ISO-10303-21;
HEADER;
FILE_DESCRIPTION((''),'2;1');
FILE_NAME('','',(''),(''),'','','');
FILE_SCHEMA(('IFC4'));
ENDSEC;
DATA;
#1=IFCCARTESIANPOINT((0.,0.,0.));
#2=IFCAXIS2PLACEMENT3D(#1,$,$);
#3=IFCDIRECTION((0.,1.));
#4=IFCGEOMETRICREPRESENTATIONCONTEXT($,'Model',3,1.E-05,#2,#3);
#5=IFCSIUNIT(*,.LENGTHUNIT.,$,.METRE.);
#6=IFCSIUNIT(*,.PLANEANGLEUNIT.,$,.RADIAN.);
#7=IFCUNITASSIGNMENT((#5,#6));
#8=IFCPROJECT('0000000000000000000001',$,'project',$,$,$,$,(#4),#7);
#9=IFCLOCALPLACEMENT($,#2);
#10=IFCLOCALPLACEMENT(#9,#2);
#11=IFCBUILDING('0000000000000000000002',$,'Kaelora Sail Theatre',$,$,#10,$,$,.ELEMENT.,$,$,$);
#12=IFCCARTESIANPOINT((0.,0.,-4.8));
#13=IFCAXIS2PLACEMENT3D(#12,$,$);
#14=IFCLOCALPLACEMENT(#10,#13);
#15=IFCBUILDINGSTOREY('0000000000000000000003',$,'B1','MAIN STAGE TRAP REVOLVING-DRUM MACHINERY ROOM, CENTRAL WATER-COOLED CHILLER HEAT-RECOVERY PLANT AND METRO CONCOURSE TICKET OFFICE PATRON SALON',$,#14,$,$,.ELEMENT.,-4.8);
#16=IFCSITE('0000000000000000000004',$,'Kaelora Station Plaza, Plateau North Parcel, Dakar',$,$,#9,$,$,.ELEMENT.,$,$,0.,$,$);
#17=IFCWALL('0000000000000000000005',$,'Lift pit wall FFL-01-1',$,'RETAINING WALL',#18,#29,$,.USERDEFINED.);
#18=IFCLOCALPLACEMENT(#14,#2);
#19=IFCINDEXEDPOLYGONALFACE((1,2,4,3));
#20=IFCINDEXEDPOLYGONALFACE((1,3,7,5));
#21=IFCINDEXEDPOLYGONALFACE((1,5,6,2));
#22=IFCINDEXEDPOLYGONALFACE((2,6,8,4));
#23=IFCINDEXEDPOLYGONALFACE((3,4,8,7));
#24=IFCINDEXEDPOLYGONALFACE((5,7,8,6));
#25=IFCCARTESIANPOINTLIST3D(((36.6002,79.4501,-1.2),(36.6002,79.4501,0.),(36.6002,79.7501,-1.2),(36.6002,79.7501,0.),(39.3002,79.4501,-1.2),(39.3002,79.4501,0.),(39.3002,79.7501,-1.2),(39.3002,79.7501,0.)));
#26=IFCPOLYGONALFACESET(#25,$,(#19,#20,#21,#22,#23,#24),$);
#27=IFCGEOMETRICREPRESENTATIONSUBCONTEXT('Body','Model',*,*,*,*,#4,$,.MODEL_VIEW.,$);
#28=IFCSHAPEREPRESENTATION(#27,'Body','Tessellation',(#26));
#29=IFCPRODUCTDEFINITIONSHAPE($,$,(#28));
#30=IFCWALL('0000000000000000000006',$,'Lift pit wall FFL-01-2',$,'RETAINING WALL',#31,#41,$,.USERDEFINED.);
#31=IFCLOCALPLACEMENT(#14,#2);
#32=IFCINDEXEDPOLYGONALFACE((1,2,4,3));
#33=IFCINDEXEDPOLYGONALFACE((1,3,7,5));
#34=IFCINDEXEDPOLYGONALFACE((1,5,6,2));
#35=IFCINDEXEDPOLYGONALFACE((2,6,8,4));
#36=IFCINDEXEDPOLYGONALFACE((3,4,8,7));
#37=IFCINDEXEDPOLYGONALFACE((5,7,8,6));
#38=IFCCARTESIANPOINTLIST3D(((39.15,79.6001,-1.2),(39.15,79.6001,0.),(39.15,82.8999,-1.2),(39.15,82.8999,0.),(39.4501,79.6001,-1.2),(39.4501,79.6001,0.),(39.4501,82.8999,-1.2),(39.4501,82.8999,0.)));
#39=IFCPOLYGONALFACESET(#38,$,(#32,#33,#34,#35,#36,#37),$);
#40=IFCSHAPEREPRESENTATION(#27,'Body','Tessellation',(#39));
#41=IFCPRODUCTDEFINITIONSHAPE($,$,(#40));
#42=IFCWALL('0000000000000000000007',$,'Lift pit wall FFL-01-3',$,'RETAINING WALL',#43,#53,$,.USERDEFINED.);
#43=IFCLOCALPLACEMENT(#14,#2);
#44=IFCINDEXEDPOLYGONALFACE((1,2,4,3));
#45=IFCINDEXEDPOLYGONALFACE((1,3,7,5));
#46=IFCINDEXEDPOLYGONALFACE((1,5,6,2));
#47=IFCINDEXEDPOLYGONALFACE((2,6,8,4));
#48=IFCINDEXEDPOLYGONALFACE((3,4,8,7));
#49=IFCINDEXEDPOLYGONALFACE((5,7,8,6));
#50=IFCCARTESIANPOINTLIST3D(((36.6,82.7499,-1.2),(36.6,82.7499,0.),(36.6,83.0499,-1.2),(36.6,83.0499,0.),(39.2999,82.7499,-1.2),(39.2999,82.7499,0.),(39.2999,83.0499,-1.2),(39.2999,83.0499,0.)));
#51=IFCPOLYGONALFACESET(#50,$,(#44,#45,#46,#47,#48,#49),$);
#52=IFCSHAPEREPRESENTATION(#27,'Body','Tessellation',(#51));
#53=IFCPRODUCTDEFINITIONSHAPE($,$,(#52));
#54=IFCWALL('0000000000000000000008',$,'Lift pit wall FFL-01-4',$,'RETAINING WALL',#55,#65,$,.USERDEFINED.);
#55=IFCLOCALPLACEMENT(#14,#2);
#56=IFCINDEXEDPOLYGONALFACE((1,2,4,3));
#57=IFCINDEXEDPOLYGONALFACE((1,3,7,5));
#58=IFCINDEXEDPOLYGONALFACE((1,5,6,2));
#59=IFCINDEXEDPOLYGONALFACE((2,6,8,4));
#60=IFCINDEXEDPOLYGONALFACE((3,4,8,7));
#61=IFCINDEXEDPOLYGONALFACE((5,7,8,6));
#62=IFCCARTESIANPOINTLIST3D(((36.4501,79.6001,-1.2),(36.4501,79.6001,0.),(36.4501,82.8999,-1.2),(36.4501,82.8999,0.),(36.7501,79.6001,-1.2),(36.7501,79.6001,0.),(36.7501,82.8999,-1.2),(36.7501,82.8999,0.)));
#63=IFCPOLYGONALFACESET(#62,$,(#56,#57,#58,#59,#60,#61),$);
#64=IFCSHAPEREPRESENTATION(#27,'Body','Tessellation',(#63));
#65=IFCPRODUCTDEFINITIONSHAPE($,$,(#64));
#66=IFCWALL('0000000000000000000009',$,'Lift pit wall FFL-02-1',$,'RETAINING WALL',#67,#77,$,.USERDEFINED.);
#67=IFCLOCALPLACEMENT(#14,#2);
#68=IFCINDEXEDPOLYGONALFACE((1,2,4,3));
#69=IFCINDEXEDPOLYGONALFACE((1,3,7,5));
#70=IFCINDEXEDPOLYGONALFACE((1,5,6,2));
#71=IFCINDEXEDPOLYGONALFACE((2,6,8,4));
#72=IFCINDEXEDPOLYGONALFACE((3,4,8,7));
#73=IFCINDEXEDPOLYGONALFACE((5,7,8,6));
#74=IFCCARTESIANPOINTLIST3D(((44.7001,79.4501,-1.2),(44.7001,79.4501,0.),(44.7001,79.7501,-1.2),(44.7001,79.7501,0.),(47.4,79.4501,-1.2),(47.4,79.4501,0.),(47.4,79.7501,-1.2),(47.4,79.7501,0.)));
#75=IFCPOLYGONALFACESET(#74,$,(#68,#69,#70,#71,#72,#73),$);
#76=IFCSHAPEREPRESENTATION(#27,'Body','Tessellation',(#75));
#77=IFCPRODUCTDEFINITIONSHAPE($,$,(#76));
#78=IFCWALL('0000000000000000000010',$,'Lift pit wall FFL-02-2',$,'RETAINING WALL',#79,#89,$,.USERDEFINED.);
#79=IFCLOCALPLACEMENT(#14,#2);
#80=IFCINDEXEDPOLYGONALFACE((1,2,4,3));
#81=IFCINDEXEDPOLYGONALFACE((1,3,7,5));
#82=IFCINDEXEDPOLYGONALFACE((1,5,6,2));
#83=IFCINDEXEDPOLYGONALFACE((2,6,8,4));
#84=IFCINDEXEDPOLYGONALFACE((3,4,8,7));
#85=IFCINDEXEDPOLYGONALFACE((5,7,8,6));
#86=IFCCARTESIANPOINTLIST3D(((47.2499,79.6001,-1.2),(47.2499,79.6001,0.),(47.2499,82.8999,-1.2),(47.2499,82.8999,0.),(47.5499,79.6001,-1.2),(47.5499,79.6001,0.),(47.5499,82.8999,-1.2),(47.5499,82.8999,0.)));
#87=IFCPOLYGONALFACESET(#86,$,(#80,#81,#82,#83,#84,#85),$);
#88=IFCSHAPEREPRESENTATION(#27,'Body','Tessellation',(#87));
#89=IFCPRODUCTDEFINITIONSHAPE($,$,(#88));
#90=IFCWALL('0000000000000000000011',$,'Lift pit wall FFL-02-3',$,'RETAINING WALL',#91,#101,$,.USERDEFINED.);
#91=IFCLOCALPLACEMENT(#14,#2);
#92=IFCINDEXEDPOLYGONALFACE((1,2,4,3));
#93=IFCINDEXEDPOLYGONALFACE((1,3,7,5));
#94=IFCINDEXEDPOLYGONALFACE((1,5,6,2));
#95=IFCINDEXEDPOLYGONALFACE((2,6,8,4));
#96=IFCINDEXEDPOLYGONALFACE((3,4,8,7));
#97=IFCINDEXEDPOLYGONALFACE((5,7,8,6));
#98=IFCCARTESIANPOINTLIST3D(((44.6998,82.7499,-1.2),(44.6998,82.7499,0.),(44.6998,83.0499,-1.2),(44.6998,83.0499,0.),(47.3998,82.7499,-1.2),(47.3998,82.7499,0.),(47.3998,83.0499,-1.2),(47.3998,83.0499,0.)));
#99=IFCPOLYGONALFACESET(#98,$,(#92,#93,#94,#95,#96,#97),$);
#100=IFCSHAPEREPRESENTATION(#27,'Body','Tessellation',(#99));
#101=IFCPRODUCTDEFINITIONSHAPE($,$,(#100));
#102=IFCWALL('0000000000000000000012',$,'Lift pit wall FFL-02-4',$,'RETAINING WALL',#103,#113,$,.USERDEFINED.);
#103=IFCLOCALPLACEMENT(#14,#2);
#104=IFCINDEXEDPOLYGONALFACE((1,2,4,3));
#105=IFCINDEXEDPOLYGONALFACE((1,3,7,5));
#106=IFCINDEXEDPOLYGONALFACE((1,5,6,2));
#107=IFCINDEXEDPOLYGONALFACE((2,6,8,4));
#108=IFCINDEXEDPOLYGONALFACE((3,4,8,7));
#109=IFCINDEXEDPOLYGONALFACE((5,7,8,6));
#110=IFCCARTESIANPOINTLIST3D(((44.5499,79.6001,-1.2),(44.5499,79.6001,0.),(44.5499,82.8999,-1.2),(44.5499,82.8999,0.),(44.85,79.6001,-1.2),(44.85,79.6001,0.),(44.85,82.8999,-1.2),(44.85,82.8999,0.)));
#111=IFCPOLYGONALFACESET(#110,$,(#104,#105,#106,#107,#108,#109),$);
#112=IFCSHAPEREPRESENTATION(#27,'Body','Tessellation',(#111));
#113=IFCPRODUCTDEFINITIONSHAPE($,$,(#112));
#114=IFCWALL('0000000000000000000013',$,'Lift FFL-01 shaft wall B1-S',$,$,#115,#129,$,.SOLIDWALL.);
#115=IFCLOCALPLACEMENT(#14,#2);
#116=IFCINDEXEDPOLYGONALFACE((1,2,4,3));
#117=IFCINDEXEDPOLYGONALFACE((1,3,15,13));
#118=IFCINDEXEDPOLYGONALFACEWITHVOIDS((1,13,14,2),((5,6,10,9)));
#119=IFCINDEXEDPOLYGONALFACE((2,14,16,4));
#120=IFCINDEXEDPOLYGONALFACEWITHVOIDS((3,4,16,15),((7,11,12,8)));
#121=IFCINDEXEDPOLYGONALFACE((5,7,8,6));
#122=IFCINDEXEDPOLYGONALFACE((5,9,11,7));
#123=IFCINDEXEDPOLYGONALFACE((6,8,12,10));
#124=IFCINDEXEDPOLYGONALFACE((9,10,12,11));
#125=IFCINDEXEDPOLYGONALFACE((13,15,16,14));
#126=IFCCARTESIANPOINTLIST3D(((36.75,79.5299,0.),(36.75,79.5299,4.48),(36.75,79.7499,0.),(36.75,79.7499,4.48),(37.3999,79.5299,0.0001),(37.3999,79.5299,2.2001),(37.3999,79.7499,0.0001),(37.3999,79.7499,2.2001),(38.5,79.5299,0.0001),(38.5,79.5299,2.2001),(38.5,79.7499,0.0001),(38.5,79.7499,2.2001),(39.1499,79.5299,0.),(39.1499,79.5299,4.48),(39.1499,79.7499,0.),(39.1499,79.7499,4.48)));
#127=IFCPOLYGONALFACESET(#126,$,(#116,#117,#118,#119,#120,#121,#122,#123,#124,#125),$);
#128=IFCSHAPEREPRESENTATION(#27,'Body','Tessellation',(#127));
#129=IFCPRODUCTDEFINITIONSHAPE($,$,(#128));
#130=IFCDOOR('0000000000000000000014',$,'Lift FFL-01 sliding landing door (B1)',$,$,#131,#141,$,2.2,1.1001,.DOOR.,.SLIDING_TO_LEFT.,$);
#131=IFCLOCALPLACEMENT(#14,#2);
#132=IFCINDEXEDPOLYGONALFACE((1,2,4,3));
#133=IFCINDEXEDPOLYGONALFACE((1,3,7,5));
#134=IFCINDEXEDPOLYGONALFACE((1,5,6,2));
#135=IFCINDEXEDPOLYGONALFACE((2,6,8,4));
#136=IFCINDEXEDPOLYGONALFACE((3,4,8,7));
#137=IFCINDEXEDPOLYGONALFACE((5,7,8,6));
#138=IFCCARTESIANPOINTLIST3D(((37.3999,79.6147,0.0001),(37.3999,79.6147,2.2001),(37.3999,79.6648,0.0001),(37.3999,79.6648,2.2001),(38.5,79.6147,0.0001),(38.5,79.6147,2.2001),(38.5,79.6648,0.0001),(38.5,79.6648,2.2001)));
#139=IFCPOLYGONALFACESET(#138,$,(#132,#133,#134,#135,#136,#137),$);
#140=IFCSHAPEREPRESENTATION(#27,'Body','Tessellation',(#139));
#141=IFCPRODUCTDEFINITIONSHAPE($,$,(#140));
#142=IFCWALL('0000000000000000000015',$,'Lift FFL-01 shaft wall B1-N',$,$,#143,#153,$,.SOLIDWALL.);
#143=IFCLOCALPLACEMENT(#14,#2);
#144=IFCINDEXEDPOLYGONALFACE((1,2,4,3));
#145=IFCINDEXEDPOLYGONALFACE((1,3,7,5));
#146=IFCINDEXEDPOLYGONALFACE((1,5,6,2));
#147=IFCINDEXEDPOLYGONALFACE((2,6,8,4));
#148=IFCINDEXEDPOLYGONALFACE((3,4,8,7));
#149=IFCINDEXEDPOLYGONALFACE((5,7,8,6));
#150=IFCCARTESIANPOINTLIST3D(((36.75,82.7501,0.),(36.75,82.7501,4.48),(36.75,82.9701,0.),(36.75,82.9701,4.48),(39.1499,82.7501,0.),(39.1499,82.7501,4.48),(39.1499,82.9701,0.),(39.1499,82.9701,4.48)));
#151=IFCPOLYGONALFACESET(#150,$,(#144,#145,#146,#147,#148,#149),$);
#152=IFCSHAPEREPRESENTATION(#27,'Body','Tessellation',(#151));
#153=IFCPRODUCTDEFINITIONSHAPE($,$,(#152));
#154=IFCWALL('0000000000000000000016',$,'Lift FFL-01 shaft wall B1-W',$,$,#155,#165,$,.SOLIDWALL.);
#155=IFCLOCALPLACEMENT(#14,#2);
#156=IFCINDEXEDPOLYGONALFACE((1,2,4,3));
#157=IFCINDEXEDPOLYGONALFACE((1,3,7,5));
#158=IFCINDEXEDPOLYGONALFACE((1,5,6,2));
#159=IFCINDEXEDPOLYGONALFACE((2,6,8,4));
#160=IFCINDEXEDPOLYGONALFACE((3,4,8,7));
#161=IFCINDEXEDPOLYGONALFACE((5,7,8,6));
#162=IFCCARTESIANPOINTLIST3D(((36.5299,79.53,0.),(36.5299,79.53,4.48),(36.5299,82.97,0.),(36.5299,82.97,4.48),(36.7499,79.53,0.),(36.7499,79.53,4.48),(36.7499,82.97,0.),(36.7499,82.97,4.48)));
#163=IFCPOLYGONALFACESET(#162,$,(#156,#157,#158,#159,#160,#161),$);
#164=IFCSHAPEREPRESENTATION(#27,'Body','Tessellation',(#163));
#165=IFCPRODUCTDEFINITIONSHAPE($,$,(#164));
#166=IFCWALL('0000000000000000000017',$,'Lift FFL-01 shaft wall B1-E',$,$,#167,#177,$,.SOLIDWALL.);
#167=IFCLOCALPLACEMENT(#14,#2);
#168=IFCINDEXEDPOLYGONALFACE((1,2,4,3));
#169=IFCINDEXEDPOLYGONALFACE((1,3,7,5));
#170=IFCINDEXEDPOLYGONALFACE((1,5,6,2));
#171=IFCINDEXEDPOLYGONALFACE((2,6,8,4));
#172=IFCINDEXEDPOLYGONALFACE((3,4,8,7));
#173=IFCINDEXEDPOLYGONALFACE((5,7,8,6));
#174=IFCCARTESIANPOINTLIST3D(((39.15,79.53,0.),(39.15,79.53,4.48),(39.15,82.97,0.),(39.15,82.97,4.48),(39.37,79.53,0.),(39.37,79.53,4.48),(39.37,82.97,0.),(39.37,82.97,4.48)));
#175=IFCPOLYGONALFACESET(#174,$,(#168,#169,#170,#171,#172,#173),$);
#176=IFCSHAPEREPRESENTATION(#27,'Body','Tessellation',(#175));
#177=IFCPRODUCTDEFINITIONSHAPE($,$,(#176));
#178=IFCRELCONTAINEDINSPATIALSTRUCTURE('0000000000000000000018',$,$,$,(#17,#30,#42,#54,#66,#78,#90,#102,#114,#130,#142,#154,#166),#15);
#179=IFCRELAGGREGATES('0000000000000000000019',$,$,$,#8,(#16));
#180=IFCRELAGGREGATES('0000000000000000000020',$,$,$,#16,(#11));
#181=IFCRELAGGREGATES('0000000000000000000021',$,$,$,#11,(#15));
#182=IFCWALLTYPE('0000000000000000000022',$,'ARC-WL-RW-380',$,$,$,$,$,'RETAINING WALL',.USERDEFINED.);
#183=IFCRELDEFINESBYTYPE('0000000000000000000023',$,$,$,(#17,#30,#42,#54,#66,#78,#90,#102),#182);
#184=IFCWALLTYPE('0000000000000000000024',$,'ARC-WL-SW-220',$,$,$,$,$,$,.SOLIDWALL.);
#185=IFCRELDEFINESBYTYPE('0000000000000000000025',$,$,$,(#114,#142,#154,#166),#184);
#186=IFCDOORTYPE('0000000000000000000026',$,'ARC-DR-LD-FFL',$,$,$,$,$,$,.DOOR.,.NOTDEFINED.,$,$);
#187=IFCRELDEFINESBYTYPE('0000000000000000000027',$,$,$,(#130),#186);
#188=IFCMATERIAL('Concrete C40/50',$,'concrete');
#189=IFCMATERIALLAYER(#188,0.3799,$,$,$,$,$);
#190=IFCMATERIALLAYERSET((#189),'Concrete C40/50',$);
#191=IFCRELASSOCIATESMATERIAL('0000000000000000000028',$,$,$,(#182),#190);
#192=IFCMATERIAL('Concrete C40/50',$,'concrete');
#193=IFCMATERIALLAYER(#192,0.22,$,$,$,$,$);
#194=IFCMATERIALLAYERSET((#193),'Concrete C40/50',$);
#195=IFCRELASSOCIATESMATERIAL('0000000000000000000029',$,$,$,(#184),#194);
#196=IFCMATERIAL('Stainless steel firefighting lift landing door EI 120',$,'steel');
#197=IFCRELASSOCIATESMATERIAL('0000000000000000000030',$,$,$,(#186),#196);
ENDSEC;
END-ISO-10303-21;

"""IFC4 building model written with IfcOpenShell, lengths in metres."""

from ifc_helpers import new_model, si_unit, direction, frame, frame_2d, origin, place, context, subcontext, project, spatial, rectangle, extrude, material, layer, layer_set, type_object, element, fill, save


model = new_model("IFC4")

# Units and contexts
model_context = context("Model", 3, precision=1e-05, world=origin(), true_north=direction((0.0, 1.0)))
body_context = subcontext(model_context, "Body", "Model", "MODEL_VIEW")
ifc_project = project(units=[si_unit("LENGTHUNIT", "METRE"), si_unit("PLANEANGLEUNIT", "RADIAN")], contexts=[model_context])

# Site, building, storey
site_placement = place(None, origin())
site = spatial("IfcSite", under=ifc_project, at=site_placement, Name="Kaelora Station Plaza, Plateau North Parcel, Dakar", CompositionType="ELEMENT", RefElevation=0.0)
building_placement = place(site_placement, origin())
building = spatial("IfcBuilding", under=site, at=building_placement, Name="Kaelora Sail Theatre", CompositionType="ELEMENT")
storey_placement = place(building_placement, frame((0.0, 0.0, -4.8)))
storey = spatial("IfcBuildingStorey", under=building, at=storey_placement, Name="B1", Description="MAIN STAGE TRAP REVOLVING-DRUM MACHINERY ROOM, CENTRAL WATER-COOLED CHILLER HEAT-RECOVERY PLANT AND METRO CONCOURSE TICKET OFFICE PATRON SALON", CompositionType="ELEMENT", Elevation=-4.8)

# Walls
ifc_material_1 = material(Name="Concrete C40/50", Category="concrete")
ifc_layer_1 = layer(ifc_material_1, 0.3799)
ifc_layer_set_1 = layer_set([ifc_layer_1], Name="Concrete C40/50")
wall_type_1 = type_object("IfcWallType", Name="ARC-WL-RW-380", ElementType="RETAINING WALL", PredefinedType="USERDEFINED", material=ifc_layer_set_1)
wall_1_placement = place(storey_placement, frame((36.6001, 79.6001, -1.2), z_axis=(0.0, 0.0, 1.0), x_axis=(1.0, 0.0, 0.0)))
element("IfcWall", 1, at=wall_1_placement, inside=storey, type_object=wall_type_1, Name="Lift pit wall FFL-01-1", ObjectType="RETAINING WALL", PredefinedType="USERDEFINED", context=body_context, shape_type="SweptSolid", body=[
    extrude(rectangle(XDim=2.7, YDim=0.3, at=frame_2d((1.3501, 0.0))), origin(), (0.0, 0.0, 1.0), 1.2),
])
wall_2_placement = place(storey_placement, frame((39.3, 79.6001, -1.2), z_axis=(0.0, 0.0, 1.0), x_axis=(0.0, 1.0, 0.0)))
element("IfcWall", 2, at=wall_2_placement, inside=storey, type_object=wall_type_1, Name="Lift pit wall FFL-01-2", ObjectType="RETAINING WALL", PredefinedType="USERDEFINED", context=body_context, shape_type="SweptSolid", body=[
    extrude(rectangle(XDim=3.2998, YDim=0.3, at=frame_2d((1.6499, 0.0))), origin(), (0.0, 0.0, 1.0), 1.2),
])
wall_3_placement = place(storey_placement, frame((39.3, 82.8999, -1.2), z_axis=(0.0, 0.0, 1.0), x_axis=(-1.0, 0.0, 0.0)))
element("IfcWall", 3, at=wall_3_placement, inside=storey, type_object=wall_type_1, Name="Lift pit wall FFL-01-3", ObjectType="RETAINING WALL", PredefinedType="USERDEFINED", context=body_context, shape_type="SweptSolid", body=[
    extrude(rectangle(XDim=2.7, YDim=0.3, at=frame_2d((1.3501, 0.0))), origin(), (0.0, 0.0, 1.0), 1.2),
])
wall_4_placement = place(storey_placement, frame((36.6001, 82.8999, -1.2), z_axis=(0.0, 0.0, 1.0), x_axis=(0.0, -1.0, 0.0)))
element("IfcWall", 4, at=wall_4_placement, inside=storey, type_object=wall_type_1, Name="Lift pit wall FFL-01-4", ObjectType="RETAINING WALL", PredefinedType="USERDEFINED", context=body_context, shape_type="SweptSolid", body=[
    extrude(rectangle(XDim=3.2998, YDim=0.3, at=frame_2d((1.6499, 0.0))), origin(), (0.0, 0.0, 1.0), 1.2),
])
wall_5_placement = place(storey_placement, frame((44.7, 79.6001, -1.2), z_axis=(0.0, 0.0, 1.0), x_axis=(1.0, 0.0, 0.0)))
element("IfcWall", 5, at=wall_5_placement, inside=storey, type_object=wall_type_1, Name="Lift pit wall FFL-02-1", ObjectType="RETAINING WALL", PredefinedType="USERDEFINED", context=body_context, shape_type="SweptSolid", body=[
    extrude(rectangle(XDim=2.7, YDim=0.3, at=frame_2d((1.3501, 0.0))), origin(), (0.0, 0.0, 1.0), 1.2),
])
wall_6_placement = place(storey_placement, frame((47.3999, 79.6001, -1.2), z_axis=(0.0, 0.0, 1.0), x_axis=(0.0, 1.0, 0.0)))
element("IfcWall", 6, at=wall_6_placement, inside=storey, type_object=wall_type_1, Name="Lift pit wall FFL-02-2", ObjectType="RETAINING WALL", PredefinedType="USERDEFINED", context=body_context, shape_type="SweptSolid", body=[
    extrude(rectangle(XDim=3.2998, YDim=0.3, at=frame_2d((1.6499, 0.0))), origin(), (0.0, 0.0, 1.0), 1.2),
])
wall_7_placement = place(storey_placement, frame((47.3999, 82.8999, -1.2), z_axis=(0.0, 0.0, 1.0), x_axis=(-1.0, 0.0, 0.0)))
element("IfcWall", 7, at=wall_7_placement, inside=storey, type_object=wall_type_1, Name="Lift pit wall FFL-02-3", ObjectType="RETAINING WALL", PredefinedType="USERDEFINED", context=body_context, shape_type="SweptSolid", body=[
    extrude(rectangle(XDim=2.7, YDim=0.3, at=frame_2d((1.3501, 0.0))), origin(), (0.0, 0.0, 1.0), 1.2),
])
wall_8_placement = place(storey_placement, frame((44.7, 82.8999, -1.2), z_axis=(0.0, 0.0, 1.0), x_axis=(0.0, -1.0, 0.0)))
element("IfcWall", 8, at=wall_8_placement, inside=storey, type_object=wall_type_1, Name="Lift pit wall FFL-02-4", ObjectType="RETAINING WALL", PredefinedType="USERDEFINED", context=body_context, shape_type="SweptSolid", body=[
    extrude(rectangle(XDim=3.2998, YDim=0.3, at=frame_2d((1.6499, 0.0))), origin(), (0.0, 0.0, 1.0), 1.2),
])

# Wall, opening, door
ifc_material_2 = material(Name="Concrete C40/50", Category="concrete")
ifc_layer_2 = layer(ifc_material_2, 0.22)
ifc_layer_set_2 = layer_set([ifc_layer_2], Name="Concrete C40/50")
wall_type_2 = type_object("IfcWallType", Name="ARC-WL-SW-220", PredefinedType="SOLIDWALL", material=ifc_layer_set_2)
wall_9_placement = place(storey_placement, frame((36.75, 79.6399, 0.0), z_axis=(0.0, 0.0, 1.0), x_axis=(1.0, 0.0, 0.0)))
wall_9 = element("IfcWall", 9, at=wall_9_placement, inside=storey, type_object=wall_type_2, Name="Lift FFL-01 shaft wall B1-S", PredefinedType="SOLIDWALL", context=body_context, shape_type="SweptSolid", body=[
    extrude(rectangle(XDim=2.3999, YDim=0.22, at=frame_2d((1.2, 0.0))), origin(), (0.0, 0.0, 1.0), 4.48),
])
opening_1_placement = place(wall_9_placement, frame((0.6499, 0.0, 0.0)))
opening_1 = element("IfcOpeningElement", 10, at=opening_1_placement, cuts=wall_9, PredefinedType="OPENING", context=body_context, shape_type="SweptSolid", body=[
    extrude(rectangle(XDim=1.1001, YDim=2.2, at=frame_2d((0.55, 1.1001))), frame((0.0, 0.1199, 0.0), z_axis=(0.0, -1.0, 0.0), x_axis=(1.0, 0.0, 0.0)), (0.0, 0.0, 1.0), 0.24),
])
ifc_material_3 = material(Name="Stainless steel firefighting lift landing door EI 120", Category="steel")
door_type_1 = type_object("IfcDoorType", Name="ARC-DR-LD-FFL", OperationType="NOTDEFINED", PredefinedType="DOOR", material=ifc_material_3)
door_1_placement = place(opening_1_placement, origin())
door_1 = element("IfcDoor", 11, at=door_1_placement, inside=storey, type_object=door_type_1, Name="Lift FFL-01 sliding landing door (B1)", OperationType="SLIDING_TO_LEFT", OverallHeight=2.2, OverallWidth=1.1001, PredefinedType="DOOR", context=body_context, shape_type="SweptSolid", body=[
    extrude(rectangle(XDim=1.1001, YDim=2.2, at=frame_2d((0.55, 1.1001))), frame((0.0, 0.0249, 0.0), z_axis=(0.0, -1.0, 0.0), x_axis=(1.0, 0.0, 0.0)), (0.0, 0.0, 1.0), 0.05),
])
fill(opening_1, door_1)

# Walls
wall_10_placement = place(storey_placement, frame((36.75, 82.8601, 0.0), z_axis=(0.0, 0.0, 1.0), x_axis=(1.0, 0.0, 0.0)))
element("IfcWall", 12, at=wall_10_placement, inside=storey, type_object=wall_type_2, Name="Lift FFL-01 shaft wall B1-N", PredefinedType="SOLIDWALL", context=body_context, shape_type="SweptSolid", body=[
    extrude(rectangle(XDim=2.3999, YDim=0.22, at=frame_2d((1.2, 0.0))), origin(), (0.0, 0.0, 1.0), 4.48),
])
for number, where, z_axis, x_axis, name in (
    (13, (36.6399, 79.53, 0.0), (0.0, 0.0, 1.0), (0.0, 1.0, 0.0), "Lift FFL-01 shaft wall B1-W"),
    (14, (39.26, 79.53, 0.0), (0.0, 0.0, 1.0), (0.0, 1.0, 0.0), "Lift FFL-01 shaft wall B1-E"),
):
    element("IfcWall", number, at=place(storey_placement, frame(where, z_axis=z_axis, x_axis=x_axis)), inside=storey, type_object=wall_type_2, Name=name, PredefinedType="SOLIDWALL", context=body_context, shape_type="SweptSolid", body=[
        extrude(rectangle(XDim=3.4399, YDim=0.22, at=frame_2d((1.72, 0.0))), origin(), (0.0, 0.0, 1.0), 4.48),
    ])

save(model, "model.ifc")
